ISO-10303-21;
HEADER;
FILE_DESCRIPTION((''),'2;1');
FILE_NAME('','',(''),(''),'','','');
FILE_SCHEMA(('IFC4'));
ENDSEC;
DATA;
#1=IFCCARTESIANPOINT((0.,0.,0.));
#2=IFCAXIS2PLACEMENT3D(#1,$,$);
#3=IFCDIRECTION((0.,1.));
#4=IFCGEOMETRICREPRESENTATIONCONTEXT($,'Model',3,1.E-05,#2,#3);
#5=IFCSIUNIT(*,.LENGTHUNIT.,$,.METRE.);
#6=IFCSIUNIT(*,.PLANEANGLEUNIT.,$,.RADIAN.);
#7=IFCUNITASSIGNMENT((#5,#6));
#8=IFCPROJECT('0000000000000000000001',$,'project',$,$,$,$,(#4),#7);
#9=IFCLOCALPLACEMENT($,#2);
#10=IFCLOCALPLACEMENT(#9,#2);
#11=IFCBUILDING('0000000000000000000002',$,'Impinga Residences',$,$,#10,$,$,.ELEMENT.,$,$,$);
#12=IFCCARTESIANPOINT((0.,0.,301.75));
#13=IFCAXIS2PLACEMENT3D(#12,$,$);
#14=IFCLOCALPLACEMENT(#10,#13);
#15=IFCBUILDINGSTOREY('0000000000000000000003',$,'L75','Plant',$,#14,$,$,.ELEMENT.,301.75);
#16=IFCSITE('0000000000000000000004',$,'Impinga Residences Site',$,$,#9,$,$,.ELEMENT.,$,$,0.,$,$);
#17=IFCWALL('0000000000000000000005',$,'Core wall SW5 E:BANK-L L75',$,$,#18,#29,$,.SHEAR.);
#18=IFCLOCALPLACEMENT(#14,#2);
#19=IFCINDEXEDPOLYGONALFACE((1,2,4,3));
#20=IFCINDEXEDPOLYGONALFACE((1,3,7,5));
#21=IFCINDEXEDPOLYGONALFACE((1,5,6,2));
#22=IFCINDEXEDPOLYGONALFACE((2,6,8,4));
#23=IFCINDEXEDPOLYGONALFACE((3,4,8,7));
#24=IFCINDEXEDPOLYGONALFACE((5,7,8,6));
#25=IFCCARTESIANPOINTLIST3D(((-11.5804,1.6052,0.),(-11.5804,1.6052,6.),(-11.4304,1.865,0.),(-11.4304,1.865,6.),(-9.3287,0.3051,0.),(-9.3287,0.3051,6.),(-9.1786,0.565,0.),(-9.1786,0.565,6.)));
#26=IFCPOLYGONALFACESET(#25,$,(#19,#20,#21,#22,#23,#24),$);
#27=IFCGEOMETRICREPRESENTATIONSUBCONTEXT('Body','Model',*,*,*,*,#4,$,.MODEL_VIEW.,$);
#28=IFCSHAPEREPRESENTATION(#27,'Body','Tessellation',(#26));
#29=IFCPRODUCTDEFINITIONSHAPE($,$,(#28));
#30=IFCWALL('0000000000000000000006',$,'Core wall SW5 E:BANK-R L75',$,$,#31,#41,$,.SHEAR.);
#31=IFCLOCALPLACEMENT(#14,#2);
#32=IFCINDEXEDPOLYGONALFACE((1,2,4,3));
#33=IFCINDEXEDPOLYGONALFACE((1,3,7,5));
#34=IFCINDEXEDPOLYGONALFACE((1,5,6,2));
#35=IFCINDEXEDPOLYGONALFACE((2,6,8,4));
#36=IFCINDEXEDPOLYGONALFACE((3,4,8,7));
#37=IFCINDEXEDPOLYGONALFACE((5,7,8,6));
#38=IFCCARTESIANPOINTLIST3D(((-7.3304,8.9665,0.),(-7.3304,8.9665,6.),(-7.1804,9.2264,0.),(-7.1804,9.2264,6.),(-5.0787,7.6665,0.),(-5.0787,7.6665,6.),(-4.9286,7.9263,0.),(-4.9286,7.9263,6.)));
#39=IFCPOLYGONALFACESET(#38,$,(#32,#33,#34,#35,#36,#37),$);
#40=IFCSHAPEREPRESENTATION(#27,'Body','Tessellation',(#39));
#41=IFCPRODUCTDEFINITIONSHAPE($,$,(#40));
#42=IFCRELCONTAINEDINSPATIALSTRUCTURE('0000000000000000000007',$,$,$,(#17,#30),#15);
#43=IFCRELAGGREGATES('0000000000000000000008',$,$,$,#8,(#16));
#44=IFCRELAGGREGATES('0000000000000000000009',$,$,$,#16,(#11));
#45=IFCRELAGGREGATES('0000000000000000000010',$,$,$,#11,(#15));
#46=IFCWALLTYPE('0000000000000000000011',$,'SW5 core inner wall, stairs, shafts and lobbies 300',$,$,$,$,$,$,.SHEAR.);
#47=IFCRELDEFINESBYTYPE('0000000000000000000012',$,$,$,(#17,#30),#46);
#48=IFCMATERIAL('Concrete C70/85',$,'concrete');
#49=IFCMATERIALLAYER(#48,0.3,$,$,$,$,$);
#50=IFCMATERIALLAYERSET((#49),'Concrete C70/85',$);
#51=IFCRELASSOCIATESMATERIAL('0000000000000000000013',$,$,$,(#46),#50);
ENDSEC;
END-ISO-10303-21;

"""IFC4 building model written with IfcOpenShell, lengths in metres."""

from ifc_helpers import new_model, si_unit, direction, frame, frame_2d, origin, place, context, subcontext, project, spatial, rectangle, extrude, material, layer, layer_set, type_object, element, save


model = new_model("IFC4")

# Units and contexts
model_context = context("Model", 3, precision=1e-05, world=origin(), true_north=direction((0.0, 1.0)))
body_context = subcontext(model_context, "Body", "Model", "MODEL_VIEW")
ifc_project = project(units=[si_unit("LENGTHUNIT", "METRE"), si_unit("PLANEANGLEUNIT", "RADIAN")], contexts=[model_context])

# Site, building, storey
site_placement = place(None, origin())
site = spatial("IfcSite", under=ifc_project, at=site_placement, Name="Impinga Residences Site", CompositionType="ELEMENT", RefElevation=0.0)
building_placement = place(site_placement, origin())
building = spatial("IfcBuilding", under=site, at=building_placement, Name="Impinga Residences", CompositionType="ELEMENT")
storey_placement = place(building_placement, frame((0.0, 0.0, 301.75)))
storey = spatial("IfcBuildingStorey", under=building, at=storey_placement, Name="L75", Description="Plant", CompositionType="ELEMENT", Elevation=301.75)

# Shared definitions
ifc_material_1 = material(Name="Concrete C70/85", Category="concrete")
ifc_layer_1 = layer(ifc_material_1, 0.3)
ifc_layer_set_1 = layer_set([ifc_layer_1], Name="Concrete C70/85")
wall_type_1 = type_object("IfcWallType", Name="SW5 core inner wall, stairs, shafts and lobbies 300", PredefinedType="SHEAR", material=ifc_layer_set_1)

# Walls
for number, where, z_axis, x_axis, name in (
    (1, (-9.2537, 0.4351, 0.0), (0.0, 0.0, 1.0), (-0.866021, 0.500007, 0.0), "Core wall SW5 E:BANK-L L75"),
    (2, (-5.0037, 7.7964, 0.0), (0.0, 0.0, 1.0), (-0.866021, 0.500007, 0.0), "Core wall SW5 E:BANK-R L75"),
):
    element("IfcWall", number, at=place(storey_placement, frame(where, z_axis=z_axis, x_axis=x_axis)), inside=storey, type_object=wall_type_1, Name=name, PredefinedType="SHEAR", context=body_context, shape_type="SweptSolid", body=[
        extrude(rectangle(XDim=2.6001, YDim=0.3, at=frame_2d((1.3, 0.0))), origin(), (0.0, 0.0, 1.0), 6.0),
    ])

save(model, "model.ifc")
